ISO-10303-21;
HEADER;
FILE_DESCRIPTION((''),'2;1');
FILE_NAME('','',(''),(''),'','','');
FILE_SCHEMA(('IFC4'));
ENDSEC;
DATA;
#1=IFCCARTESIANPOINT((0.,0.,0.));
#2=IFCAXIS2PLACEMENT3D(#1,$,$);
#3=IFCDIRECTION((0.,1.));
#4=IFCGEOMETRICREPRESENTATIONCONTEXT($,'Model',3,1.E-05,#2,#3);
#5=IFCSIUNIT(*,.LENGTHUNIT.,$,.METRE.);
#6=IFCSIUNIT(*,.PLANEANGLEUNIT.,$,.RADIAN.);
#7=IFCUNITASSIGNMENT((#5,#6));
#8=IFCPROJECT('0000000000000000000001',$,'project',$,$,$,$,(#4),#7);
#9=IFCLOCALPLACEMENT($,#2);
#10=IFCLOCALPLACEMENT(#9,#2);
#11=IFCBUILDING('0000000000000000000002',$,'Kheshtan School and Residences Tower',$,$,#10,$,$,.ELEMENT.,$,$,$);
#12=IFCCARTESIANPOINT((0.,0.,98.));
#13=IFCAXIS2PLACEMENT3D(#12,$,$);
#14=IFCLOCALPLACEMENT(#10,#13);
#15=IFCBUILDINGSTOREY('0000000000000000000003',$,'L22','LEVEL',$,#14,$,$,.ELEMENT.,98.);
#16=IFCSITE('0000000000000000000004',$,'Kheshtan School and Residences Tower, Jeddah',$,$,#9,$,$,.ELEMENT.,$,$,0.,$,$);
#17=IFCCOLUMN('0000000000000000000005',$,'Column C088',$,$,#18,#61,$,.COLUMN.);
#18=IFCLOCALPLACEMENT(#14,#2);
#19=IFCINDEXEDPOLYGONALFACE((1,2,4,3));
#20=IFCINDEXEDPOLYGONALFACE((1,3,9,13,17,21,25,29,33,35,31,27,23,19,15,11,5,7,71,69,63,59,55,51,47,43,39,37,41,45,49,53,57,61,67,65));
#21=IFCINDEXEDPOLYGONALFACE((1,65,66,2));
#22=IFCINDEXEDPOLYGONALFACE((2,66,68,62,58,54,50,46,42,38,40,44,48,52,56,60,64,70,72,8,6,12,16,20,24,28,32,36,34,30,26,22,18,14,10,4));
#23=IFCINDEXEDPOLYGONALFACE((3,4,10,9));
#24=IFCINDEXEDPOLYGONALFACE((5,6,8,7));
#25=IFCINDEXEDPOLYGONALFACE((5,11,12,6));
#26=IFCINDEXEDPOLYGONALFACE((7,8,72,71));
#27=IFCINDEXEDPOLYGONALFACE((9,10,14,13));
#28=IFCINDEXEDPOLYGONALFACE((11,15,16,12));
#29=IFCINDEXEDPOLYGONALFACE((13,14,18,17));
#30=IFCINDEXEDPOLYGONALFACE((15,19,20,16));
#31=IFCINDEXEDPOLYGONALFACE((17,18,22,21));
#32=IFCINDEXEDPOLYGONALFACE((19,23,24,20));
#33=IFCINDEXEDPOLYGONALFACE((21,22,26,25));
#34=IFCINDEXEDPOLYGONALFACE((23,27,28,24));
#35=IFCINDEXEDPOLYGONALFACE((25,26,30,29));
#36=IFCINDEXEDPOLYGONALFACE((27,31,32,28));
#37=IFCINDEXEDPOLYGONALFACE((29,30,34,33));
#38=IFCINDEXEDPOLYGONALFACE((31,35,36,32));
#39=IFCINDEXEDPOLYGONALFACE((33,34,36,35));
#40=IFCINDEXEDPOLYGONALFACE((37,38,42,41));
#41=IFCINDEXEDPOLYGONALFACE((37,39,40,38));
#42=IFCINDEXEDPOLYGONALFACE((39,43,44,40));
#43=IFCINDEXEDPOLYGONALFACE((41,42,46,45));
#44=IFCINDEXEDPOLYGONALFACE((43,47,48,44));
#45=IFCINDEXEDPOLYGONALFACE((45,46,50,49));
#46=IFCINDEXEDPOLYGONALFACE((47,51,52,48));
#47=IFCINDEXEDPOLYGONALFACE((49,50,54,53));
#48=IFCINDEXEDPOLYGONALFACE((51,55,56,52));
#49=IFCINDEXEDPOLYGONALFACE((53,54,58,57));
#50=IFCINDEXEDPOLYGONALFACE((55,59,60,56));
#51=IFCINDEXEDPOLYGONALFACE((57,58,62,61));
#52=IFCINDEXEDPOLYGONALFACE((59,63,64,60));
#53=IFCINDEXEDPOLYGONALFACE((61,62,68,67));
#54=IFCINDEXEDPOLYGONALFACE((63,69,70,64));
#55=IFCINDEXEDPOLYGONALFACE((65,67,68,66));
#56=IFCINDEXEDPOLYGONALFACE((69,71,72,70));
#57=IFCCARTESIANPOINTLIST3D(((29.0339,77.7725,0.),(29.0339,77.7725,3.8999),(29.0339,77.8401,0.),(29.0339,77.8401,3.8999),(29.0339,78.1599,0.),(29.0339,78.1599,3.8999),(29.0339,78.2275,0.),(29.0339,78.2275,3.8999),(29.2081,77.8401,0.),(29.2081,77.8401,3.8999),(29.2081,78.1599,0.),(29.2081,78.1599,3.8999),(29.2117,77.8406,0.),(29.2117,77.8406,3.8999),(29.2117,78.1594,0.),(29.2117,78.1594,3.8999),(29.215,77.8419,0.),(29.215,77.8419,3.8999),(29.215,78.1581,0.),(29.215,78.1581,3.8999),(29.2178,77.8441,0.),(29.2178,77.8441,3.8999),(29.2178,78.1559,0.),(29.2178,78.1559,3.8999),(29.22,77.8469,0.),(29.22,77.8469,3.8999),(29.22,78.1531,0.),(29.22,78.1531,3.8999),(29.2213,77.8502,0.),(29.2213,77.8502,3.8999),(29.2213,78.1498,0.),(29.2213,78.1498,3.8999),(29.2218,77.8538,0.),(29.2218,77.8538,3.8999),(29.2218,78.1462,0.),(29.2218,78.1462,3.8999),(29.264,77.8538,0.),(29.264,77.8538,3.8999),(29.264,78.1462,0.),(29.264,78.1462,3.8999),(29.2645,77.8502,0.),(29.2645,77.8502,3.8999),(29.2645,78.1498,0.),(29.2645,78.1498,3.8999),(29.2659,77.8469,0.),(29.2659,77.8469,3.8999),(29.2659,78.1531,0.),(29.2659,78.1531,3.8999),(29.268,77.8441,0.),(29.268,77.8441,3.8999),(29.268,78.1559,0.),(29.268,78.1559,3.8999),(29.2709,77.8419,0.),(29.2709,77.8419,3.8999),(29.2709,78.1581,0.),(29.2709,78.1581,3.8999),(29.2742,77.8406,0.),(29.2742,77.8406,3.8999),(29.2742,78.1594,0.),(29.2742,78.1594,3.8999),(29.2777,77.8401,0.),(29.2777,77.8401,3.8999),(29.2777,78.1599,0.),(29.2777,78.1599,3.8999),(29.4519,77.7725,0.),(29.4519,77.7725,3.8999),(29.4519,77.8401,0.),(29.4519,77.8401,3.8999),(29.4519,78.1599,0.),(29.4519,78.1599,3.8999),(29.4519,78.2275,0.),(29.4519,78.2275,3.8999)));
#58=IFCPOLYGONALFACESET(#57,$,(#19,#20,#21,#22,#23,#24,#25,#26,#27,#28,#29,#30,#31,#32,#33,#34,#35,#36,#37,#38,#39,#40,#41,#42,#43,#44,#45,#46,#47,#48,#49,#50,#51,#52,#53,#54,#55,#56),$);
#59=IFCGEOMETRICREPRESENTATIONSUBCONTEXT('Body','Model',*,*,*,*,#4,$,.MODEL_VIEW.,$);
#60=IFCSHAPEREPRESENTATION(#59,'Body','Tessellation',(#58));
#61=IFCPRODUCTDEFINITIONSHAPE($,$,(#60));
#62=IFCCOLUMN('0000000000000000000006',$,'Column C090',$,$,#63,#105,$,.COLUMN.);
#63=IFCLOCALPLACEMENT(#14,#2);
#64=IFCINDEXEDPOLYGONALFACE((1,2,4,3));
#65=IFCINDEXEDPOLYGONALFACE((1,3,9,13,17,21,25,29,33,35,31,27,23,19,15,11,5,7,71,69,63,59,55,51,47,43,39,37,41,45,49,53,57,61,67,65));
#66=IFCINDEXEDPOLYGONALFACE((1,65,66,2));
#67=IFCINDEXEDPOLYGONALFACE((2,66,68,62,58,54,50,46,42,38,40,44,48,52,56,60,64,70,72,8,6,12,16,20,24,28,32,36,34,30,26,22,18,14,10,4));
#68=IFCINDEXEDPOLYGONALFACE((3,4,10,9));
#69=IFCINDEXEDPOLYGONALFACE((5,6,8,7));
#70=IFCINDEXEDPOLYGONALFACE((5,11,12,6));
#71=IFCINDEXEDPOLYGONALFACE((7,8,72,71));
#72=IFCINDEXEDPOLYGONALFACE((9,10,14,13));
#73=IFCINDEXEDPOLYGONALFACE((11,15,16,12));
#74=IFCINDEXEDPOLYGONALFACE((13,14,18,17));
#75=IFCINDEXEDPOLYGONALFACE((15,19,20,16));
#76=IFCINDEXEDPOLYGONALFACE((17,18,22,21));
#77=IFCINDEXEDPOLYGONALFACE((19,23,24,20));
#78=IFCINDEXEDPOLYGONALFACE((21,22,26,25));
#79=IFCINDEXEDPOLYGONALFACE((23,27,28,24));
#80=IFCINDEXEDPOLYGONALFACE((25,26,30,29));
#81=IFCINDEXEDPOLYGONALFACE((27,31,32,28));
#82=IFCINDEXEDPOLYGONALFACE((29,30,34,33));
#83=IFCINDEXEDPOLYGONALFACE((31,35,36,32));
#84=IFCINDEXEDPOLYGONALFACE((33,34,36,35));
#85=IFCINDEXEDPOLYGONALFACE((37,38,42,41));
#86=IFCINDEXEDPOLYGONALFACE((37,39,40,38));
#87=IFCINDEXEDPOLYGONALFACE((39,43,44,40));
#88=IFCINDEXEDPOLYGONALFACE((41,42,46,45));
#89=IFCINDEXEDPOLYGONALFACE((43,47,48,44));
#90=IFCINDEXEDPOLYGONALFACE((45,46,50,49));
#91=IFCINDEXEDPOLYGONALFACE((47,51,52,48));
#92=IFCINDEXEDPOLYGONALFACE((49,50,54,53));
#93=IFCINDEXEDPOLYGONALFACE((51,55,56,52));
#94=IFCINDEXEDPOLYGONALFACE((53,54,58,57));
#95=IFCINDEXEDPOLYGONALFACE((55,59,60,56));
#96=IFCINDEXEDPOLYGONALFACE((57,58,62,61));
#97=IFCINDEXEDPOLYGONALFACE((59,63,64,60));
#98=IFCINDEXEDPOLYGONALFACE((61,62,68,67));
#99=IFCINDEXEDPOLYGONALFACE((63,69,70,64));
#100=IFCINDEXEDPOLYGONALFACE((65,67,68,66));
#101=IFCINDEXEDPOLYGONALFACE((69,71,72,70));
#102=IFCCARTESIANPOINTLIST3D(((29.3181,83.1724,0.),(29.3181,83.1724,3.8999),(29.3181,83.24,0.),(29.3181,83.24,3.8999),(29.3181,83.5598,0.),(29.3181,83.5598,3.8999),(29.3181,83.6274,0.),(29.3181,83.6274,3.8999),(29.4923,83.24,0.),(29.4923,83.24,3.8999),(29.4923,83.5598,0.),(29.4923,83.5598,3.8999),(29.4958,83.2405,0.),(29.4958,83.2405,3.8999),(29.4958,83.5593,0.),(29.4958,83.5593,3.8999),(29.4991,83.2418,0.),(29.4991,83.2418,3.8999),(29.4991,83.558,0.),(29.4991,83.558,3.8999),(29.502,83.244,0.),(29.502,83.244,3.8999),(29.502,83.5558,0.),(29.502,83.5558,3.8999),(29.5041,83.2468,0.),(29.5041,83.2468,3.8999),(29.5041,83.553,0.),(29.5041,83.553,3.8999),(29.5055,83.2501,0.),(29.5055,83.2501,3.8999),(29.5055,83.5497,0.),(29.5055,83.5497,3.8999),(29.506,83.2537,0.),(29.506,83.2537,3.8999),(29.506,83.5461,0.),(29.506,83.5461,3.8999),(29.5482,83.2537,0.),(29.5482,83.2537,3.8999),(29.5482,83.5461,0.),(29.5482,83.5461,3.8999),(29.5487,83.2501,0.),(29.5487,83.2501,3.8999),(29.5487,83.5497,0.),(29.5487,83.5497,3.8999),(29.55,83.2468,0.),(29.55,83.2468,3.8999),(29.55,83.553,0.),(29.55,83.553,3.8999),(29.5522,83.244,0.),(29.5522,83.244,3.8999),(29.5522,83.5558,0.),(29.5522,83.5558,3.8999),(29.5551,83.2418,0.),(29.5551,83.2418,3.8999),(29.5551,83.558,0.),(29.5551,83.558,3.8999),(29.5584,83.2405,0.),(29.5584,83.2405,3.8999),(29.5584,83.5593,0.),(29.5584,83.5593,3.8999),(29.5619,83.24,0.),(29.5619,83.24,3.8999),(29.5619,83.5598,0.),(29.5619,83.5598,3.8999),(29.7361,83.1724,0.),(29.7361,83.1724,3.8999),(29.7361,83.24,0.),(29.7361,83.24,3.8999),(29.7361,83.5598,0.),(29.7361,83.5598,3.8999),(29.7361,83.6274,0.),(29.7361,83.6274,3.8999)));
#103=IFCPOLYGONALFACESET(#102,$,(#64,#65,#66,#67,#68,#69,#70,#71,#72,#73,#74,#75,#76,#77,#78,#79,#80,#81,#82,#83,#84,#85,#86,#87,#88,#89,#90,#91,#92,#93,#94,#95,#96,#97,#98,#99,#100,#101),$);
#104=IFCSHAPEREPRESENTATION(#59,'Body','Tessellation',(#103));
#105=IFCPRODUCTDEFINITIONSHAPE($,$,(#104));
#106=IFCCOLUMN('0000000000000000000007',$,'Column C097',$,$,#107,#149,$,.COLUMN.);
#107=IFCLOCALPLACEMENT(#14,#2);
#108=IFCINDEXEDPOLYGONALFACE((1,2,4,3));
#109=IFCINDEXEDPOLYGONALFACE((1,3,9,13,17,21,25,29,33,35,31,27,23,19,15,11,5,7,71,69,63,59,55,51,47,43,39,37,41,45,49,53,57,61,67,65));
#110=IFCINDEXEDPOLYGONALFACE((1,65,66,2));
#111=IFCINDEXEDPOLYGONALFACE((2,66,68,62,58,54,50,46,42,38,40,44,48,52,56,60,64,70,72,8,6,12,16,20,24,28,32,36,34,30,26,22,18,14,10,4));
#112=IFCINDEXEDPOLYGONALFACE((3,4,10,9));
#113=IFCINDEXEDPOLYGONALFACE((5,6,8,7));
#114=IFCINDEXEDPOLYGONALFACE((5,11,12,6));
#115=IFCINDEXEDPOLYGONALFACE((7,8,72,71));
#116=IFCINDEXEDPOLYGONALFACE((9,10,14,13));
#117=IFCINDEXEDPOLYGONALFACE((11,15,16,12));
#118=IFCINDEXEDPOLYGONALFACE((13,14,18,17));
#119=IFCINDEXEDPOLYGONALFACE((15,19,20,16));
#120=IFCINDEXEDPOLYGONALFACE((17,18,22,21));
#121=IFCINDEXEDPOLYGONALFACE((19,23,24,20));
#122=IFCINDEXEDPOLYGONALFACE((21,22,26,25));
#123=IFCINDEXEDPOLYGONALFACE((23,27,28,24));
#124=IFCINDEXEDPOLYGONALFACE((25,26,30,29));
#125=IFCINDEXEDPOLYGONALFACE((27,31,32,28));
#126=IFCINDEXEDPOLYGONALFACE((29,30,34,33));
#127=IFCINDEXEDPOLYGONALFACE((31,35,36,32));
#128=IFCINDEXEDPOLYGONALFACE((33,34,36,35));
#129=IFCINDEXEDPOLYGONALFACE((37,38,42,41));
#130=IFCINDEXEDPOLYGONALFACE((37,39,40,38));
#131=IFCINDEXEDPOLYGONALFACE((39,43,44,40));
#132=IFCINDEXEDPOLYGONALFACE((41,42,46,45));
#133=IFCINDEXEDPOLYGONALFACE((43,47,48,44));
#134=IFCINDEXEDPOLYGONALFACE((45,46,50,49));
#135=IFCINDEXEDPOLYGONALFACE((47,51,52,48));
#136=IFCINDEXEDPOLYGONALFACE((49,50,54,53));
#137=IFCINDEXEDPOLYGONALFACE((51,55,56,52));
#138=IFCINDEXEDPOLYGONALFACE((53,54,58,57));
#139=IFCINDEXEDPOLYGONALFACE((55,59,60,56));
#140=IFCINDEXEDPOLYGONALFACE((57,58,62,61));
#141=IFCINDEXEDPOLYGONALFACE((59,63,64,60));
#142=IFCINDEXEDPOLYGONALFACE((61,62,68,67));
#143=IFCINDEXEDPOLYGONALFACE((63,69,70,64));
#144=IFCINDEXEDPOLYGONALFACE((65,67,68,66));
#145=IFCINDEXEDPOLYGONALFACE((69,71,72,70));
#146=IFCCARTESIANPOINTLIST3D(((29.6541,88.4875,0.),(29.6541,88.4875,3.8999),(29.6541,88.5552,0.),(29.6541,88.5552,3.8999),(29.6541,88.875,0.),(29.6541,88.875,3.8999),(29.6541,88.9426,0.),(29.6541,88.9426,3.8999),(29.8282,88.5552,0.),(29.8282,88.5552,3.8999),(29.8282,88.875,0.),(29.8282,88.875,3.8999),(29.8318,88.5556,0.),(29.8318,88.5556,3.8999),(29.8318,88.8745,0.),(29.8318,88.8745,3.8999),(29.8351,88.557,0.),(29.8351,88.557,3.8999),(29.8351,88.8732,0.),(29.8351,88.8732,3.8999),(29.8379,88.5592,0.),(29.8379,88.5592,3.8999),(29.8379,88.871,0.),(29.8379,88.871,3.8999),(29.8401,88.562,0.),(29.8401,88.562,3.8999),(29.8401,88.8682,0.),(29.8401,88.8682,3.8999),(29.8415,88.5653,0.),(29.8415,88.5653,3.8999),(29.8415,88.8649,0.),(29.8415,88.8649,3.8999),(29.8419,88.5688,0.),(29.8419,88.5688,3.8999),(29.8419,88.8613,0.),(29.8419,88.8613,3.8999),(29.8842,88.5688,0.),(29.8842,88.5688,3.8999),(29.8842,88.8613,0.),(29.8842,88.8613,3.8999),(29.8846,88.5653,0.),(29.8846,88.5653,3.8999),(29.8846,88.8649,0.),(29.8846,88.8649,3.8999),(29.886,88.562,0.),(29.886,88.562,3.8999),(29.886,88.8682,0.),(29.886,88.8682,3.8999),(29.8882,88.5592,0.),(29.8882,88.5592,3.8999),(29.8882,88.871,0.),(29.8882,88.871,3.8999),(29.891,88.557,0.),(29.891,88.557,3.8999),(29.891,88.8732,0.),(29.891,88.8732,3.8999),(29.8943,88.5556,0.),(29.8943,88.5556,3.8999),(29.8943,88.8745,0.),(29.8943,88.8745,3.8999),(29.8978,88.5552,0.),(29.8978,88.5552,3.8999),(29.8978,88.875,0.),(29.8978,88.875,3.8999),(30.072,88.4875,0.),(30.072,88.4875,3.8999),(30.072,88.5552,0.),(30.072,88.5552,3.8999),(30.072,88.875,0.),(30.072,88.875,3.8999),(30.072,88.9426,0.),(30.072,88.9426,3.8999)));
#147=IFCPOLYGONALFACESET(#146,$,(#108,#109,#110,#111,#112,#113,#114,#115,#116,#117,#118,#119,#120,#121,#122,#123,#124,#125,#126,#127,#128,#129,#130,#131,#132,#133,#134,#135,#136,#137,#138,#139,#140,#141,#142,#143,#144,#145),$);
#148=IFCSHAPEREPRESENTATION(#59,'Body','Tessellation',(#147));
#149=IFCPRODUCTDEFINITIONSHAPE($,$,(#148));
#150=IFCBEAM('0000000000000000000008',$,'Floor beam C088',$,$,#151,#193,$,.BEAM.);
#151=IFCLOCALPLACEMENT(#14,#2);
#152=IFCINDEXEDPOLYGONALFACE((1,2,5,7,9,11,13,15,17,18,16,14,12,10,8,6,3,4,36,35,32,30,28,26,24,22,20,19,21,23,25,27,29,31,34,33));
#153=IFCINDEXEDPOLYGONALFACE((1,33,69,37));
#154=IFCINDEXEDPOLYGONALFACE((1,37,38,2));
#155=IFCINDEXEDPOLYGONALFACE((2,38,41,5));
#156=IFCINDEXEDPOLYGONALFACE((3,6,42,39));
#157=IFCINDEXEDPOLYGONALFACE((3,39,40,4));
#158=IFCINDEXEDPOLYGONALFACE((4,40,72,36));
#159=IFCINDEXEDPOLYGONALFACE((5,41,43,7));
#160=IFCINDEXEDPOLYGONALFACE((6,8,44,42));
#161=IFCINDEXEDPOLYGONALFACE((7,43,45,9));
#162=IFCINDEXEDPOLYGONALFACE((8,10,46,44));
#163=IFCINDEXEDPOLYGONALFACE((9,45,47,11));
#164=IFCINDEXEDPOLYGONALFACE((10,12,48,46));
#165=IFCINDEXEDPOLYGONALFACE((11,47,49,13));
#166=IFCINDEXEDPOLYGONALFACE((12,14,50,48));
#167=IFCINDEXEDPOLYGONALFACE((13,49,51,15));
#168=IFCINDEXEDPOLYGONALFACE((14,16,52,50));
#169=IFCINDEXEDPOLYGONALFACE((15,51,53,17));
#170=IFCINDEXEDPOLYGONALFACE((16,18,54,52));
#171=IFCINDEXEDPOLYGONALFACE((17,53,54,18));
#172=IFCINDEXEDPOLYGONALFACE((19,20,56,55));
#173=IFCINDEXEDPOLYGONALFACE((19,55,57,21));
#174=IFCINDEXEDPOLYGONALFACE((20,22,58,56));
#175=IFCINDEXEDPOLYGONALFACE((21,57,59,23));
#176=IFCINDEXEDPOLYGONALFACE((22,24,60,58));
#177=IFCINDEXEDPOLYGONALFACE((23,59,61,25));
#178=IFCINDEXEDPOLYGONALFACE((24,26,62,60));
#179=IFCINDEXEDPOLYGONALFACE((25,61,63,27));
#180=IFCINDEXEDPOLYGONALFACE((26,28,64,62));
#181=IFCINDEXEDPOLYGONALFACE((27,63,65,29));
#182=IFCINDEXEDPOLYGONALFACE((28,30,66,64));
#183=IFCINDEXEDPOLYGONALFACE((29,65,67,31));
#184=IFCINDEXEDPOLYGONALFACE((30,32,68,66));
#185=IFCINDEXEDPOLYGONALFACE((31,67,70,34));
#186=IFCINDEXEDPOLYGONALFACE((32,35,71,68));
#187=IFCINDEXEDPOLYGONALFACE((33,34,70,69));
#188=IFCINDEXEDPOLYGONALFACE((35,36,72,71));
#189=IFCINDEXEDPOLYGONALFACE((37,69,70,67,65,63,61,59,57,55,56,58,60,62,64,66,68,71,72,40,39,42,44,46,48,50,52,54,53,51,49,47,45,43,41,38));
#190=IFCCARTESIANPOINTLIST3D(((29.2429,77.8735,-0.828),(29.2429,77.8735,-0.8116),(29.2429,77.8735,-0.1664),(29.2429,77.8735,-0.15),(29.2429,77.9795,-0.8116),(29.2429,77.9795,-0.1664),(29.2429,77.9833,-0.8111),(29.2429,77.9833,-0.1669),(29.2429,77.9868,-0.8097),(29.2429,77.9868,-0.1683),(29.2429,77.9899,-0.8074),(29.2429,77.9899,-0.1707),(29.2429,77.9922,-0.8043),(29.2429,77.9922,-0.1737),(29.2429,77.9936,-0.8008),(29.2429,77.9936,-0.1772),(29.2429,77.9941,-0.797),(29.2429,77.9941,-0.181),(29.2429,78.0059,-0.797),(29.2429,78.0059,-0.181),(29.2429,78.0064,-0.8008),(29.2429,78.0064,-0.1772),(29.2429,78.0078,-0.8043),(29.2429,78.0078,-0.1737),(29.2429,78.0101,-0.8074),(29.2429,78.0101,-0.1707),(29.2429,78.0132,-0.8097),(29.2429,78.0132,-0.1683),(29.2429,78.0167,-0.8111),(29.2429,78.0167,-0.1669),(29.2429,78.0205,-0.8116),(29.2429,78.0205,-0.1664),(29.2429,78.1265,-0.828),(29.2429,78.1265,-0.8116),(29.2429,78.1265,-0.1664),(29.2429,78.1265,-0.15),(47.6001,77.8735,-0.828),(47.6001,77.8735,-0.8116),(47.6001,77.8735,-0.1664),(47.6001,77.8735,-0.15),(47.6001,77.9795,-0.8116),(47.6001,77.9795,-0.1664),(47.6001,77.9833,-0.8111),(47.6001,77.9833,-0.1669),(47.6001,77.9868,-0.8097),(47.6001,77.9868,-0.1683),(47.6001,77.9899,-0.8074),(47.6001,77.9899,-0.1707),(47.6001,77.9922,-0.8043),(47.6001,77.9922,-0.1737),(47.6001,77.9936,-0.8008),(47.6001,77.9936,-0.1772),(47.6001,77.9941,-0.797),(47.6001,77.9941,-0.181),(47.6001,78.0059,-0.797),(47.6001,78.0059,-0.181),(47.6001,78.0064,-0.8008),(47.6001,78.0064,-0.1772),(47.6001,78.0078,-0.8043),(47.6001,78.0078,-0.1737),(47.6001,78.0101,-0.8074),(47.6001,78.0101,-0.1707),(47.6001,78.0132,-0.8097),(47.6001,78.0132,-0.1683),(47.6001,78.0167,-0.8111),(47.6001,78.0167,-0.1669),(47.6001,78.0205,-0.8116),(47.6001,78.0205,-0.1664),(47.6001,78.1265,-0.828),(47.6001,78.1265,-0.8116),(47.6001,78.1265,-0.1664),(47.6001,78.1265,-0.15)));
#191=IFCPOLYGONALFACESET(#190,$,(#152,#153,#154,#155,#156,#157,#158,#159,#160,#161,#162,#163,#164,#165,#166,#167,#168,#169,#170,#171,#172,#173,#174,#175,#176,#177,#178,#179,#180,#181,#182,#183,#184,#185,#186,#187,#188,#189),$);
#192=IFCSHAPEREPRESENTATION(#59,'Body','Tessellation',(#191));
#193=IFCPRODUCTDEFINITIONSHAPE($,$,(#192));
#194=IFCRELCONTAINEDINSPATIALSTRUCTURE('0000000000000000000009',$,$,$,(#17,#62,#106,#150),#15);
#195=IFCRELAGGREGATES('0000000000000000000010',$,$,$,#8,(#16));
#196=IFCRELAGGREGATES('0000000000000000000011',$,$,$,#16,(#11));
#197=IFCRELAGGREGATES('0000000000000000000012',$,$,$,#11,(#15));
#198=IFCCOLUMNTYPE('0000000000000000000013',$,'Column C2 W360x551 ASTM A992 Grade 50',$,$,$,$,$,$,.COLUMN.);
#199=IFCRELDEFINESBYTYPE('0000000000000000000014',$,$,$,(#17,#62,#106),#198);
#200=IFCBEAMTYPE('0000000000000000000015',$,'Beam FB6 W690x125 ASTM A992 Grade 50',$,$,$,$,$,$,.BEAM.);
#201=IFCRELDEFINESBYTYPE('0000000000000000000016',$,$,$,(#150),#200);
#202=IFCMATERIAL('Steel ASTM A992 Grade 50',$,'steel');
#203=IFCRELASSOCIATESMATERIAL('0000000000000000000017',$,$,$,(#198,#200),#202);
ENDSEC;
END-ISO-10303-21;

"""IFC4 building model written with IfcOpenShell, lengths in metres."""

from ifc_helpers import new_model, si_unit, direction, frame, origin, origin_2d, place, context, subcontext, project, spatial, i_section, extrude, material, material_profile, profile_set, type_object, element, save


model = new_model("IFC4")

# Units and contexts
model_context = context("Model", 3, precision=1e-05, world=origin(), true_north=direction((0.0, 1.0)))
body_context = subcontext(model_context, "Body", "Model", "MODEL_VIEW")
ifc_project = project(units=[si_unit("LENGTHUNIT", "METRE"), si_unit("PLANEANGLEUNIT", "RADIAN")], contexts=[model_context])

# Site, building, storey
site_placement = place(None, origin())
site = spatial("IfcSite", under=ifc_project, at=site_placement, Name="Kheshtan School and Residences Tower, Jeddah", CompositionType="ELEMENT", RefElevation=0.0)
building_placement = place(site_placement, origin())
building = spatial("IfcBuilding", under=site, at=building_placement, Name="Kheshtan School and Residences Tower", CompositionType="ELEMENT")
storey_placement = place(building_placement, frame((0.0, 0.0, 98.0)))
storey = spatial("IfcBuildingStorey", under=building, at=storey_placement, Name="L22", Description="LEVEL", CompositionType="ELEMENT", Elevation=98.0)

# Columns
ifc_material_1 = material(Name="Steel ASTM A992 Grade 50", Category="steel")
ifc_material_profile_1 = material_profile(ifc_material_1, i_section(OverallWidth=0.418, OverallDepth=0.4551, WebThickness=0.0422, FlangeThickness=0.0676, FilletRadius=0.0137, at=origin_2d()), Name="W360x551")
ifc_profile_set_1 = profile_set([ifc_material_profile_1], Name="Steel ASTM A992 Grade 50")
column_type = type_object("IfcColumnType", Name="Column C2 W360x551 ASTM A992 Grade 50", PredefinedType="COLUMN", material=ifc_profile_set_1)
for number, where, z_axis, x_axis, name in (
    (1, (29.2429, 78.0, 0.0), (0.0, 0.0, 1.0), (1.0, 0.0, 0.0), "Column C088"),
    (2, (29.5271, 83.3999, 0.0), (0.0, 0.0, 1.0), (1.0, 0.0, 0.0), "Column C090"),
    (3, (29.863, 88.7151, 0.0), (0.0, 0.0, 1.0), (1.0, 0.0, 0.0), "Column C097"),
):
    element("IfcColumn", number, at=place(storey_placement, frame(where, z_axis=z_axis, x_axis=x_axis)), inside=storey, type_object=column_type, Name=name, PredefinedType="COLUMN", context=body_context, shape_type="SweptSolid", body=[
        extrude(i_section(OverallWidth=0.418, OverallDepth=0.4551, WebThickness=0.0422, FlangeThickness=0.0676, FilletRadius=0.0137, at=origin_2d()), origin(), (0.0, 0.0, 1.0), 3.8999),
    ])

# Beam
ifc_material_profile_2 = material_profile(ifc_material_1, i_section(OverallWidth=0.2529, OverallDepth=0.678, WebThickness=0.0117, FlangeThickness=0.0164, FilletRadius=0.0146, at=origin_2d()), Name="W690x125")
ifc_profile_set_2 = profile_set([ifc_material_profile_2], Name="Steel ASTM A992 Grade 50")
beam_type_1 = type_object("IfcBeamType", Name="Beam FB6 W690x125 ASTM A992 Grade 50", PredefinedType="BEAM", material=ifc_profile_set_2)
beam_1_placement = place(storey_placement, frame((29.2429, 78.0, -0.489), z_axis=(1.0, 0.0, 0.0), x_axis=(0.0, 1.0, 0.0)))
element("IfcBeam", 4, at=beam_1_placement, inside=storey, type_object=beam_type_1, Name="Floor beam C088", PredefinedType="BEAM", context=body_context, shape_type="SweptSolid", body=[
    extrude(i_section(OverallWidth=0.2529, OverallDepth=0.678, WebThickness=0.0117, FlangeThickness=0.0164, FilletRadius=0.0146, at=origin_2d()), origin(), (0.0, 0.0, 1.0), 18.3572),
])

save(model, "model.ifc")
